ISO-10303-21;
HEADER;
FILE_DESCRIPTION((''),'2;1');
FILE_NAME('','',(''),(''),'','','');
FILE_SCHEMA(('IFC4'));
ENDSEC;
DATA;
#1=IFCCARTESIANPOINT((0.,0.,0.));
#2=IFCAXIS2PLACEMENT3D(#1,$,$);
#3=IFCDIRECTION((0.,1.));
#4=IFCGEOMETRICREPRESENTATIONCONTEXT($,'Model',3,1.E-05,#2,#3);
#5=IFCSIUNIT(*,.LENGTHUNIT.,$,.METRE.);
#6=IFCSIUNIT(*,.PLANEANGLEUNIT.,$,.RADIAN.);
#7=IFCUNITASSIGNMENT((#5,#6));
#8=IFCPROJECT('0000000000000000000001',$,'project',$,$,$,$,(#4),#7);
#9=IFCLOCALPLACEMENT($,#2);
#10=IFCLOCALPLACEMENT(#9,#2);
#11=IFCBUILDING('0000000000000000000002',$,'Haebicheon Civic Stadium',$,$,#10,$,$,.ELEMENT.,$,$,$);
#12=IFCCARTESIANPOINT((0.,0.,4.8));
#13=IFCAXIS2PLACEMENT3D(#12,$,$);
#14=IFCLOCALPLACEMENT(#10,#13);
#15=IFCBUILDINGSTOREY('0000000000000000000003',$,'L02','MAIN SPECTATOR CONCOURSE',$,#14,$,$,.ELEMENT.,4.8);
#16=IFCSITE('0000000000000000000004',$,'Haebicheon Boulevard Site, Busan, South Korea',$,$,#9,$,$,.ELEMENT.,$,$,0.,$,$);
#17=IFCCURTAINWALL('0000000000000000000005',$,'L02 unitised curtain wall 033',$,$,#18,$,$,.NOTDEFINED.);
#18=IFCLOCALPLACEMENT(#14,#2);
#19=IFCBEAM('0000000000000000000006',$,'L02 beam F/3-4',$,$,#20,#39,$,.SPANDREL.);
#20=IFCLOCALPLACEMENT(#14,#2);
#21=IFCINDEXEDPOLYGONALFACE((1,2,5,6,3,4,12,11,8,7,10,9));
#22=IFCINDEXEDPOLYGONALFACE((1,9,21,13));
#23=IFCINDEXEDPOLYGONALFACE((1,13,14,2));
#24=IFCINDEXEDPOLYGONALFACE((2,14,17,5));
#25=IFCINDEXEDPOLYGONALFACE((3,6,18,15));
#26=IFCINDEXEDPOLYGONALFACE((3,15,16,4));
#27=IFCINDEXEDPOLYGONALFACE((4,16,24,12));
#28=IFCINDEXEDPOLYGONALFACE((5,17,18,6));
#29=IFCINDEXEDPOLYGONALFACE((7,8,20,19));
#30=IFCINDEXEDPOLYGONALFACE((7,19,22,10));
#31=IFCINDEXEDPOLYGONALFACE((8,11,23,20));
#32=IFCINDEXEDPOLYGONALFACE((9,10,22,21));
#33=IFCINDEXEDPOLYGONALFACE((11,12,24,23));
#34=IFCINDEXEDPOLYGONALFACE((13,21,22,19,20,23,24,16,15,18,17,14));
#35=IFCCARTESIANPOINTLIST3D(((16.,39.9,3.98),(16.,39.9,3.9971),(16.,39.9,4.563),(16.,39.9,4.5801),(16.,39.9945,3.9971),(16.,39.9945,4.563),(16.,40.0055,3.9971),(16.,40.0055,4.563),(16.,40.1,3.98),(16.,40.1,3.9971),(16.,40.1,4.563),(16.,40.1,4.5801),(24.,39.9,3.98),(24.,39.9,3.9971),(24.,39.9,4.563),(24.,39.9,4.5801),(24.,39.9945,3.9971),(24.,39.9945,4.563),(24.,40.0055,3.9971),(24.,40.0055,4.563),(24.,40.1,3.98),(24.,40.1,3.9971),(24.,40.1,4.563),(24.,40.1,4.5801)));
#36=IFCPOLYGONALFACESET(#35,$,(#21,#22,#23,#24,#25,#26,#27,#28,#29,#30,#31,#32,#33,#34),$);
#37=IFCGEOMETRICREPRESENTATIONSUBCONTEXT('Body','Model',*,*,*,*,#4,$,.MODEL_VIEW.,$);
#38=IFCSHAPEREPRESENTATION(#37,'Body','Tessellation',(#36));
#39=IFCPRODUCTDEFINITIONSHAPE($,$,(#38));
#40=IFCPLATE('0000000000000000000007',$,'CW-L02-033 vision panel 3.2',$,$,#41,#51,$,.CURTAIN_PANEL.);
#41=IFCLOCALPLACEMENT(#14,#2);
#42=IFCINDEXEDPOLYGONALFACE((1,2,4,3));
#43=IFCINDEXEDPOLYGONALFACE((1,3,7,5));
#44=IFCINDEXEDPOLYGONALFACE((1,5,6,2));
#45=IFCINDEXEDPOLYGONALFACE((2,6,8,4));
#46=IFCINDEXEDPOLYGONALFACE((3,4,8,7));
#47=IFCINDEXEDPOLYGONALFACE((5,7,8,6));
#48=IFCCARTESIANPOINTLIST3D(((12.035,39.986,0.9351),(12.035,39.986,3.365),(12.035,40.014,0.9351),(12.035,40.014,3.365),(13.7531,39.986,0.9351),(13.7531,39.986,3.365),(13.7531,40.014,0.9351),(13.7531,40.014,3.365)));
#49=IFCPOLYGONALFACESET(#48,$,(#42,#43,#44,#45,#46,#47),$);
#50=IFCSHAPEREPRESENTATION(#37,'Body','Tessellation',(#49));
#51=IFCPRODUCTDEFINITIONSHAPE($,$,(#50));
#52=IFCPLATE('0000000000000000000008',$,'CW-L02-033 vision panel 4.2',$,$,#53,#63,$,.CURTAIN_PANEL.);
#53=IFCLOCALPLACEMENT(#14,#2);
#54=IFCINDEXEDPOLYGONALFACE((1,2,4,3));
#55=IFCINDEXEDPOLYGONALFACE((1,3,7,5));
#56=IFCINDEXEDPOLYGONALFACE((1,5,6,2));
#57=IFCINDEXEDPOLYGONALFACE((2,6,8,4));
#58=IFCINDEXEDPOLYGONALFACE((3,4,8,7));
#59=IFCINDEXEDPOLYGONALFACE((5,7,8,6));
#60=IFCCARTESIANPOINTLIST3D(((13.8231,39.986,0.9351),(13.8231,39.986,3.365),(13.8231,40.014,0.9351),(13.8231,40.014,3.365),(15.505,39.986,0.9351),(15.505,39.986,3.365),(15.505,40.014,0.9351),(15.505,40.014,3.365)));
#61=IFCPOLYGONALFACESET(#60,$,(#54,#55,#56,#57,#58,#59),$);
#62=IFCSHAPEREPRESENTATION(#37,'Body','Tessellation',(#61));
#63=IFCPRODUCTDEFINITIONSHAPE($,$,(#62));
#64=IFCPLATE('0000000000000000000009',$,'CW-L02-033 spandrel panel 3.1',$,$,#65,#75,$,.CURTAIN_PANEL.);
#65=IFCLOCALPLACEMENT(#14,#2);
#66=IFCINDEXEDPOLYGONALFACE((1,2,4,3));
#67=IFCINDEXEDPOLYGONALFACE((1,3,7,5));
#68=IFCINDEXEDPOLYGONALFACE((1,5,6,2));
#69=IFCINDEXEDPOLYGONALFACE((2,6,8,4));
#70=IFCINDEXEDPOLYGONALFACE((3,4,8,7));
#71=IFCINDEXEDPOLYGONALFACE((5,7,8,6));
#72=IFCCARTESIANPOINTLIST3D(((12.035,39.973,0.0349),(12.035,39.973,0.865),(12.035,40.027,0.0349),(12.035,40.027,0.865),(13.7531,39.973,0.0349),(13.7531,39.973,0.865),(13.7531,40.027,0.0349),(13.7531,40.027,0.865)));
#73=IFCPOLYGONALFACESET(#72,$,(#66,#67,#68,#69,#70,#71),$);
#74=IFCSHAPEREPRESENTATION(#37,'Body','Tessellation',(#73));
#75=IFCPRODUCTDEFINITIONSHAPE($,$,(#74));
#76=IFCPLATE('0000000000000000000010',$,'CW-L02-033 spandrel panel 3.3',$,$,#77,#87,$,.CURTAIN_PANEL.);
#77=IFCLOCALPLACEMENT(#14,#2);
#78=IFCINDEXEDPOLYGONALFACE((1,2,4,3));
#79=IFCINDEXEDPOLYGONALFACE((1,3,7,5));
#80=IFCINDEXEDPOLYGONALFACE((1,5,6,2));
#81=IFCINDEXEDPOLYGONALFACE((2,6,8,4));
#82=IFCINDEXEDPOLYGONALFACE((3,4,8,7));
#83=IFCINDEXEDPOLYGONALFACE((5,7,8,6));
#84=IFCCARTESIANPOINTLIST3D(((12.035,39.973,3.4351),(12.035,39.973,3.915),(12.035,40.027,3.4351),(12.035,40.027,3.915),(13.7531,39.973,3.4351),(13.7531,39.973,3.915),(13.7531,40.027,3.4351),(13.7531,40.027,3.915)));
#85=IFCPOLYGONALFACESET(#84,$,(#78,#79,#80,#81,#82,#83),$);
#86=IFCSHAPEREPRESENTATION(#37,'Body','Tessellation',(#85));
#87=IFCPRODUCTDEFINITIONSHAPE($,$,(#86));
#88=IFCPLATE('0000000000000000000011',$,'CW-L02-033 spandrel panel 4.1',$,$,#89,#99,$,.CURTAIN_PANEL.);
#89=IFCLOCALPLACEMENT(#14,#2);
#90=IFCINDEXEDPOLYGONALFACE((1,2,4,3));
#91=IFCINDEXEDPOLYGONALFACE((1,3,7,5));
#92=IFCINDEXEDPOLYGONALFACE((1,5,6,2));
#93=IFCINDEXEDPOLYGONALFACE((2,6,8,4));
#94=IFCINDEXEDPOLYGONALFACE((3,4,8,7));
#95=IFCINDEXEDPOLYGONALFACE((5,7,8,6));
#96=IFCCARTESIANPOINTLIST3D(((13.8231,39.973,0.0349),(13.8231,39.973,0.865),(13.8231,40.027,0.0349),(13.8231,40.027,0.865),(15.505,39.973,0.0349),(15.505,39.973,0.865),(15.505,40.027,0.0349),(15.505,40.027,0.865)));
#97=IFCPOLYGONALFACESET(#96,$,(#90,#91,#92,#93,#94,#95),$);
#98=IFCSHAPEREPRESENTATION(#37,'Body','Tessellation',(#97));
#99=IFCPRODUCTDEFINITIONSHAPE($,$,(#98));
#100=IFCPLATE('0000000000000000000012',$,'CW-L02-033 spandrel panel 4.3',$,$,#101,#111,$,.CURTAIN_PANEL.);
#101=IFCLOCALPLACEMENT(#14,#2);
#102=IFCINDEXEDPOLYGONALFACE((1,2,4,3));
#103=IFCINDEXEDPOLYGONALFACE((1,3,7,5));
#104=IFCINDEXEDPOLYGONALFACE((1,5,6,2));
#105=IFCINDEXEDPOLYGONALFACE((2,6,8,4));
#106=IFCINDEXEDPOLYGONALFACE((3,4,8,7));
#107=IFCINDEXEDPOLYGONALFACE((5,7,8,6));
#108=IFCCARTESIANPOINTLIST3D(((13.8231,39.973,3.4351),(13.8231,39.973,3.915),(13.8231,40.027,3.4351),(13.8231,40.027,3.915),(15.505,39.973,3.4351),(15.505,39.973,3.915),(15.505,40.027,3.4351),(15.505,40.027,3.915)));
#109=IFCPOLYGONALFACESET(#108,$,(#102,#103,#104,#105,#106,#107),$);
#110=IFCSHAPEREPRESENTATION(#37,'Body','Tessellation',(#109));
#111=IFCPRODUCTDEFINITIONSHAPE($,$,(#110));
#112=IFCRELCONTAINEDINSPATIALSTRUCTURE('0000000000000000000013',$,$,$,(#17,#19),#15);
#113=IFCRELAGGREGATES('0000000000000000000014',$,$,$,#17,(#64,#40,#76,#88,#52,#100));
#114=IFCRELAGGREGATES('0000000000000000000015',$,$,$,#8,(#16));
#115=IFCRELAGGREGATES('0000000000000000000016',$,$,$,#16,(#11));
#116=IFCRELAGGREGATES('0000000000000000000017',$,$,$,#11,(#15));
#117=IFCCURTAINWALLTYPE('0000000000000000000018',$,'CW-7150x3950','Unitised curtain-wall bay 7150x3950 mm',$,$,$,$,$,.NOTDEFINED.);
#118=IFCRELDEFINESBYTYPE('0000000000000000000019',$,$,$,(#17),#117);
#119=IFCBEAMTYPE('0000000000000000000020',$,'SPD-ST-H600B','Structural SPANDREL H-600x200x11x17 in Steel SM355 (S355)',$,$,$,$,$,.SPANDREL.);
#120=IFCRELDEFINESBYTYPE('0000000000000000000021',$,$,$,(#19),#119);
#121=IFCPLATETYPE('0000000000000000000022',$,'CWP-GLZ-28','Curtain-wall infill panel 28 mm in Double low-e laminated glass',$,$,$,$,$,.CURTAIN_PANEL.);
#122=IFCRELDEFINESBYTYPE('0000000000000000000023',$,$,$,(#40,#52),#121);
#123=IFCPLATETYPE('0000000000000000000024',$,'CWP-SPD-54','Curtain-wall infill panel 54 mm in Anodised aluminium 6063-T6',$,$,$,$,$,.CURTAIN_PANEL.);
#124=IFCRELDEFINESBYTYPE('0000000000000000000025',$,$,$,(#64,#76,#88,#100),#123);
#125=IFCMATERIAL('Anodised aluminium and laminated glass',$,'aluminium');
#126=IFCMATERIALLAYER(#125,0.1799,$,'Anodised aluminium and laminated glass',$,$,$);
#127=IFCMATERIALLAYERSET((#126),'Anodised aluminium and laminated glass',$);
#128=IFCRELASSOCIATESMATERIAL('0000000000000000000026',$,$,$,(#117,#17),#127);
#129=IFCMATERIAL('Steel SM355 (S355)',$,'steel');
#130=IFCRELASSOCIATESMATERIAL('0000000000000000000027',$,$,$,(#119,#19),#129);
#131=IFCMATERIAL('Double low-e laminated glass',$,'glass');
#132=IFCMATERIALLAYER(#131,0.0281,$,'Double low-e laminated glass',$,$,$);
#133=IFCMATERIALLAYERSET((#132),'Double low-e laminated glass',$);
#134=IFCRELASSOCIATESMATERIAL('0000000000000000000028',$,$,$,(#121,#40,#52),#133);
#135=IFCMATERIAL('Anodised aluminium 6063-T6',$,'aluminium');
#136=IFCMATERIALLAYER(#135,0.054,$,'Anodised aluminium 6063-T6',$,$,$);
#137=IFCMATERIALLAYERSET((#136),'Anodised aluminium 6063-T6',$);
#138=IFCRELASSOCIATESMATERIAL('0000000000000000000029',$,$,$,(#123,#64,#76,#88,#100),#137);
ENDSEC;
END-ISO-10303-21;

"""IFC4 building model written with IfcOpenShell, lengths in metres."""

from ifc_helpers import new_model, si_unit, direction, frame, origin, origin_2d, place, context, subcontext, project, spatial, rectangle, i_section, extrude, material, layer, layer_set, material_profile, profile_set, type_object, element, aggregate, save


model = new_model("IFC4")

# Units and contexts
model_context = context("Model", 3, precision=1e-05, world=origin(), true_north=direction((0.0, 1.0)))
body_context = subcontext(model_context, "Body", "Model", "MODEL_VIEW")
ifc_project = project(units=[si_unit("LENGTHUNIT", "METRE"), si_unit("PLANEANGLEUNIT", "RADIAN")], contexts=[model_context])

# Site, building, storey
site_placement = place(None, origin())
site = spatial("IfcSite", under=ifc_project, at=site_placement, Name="Haebicheon Boulevard Site, Busan, South Korea", CompositionType="ELEMENT", RefElevation=0.0)
building_placement = place(site_placement, origin())
building = spatial("IfcBuilding", under=site, at=building_placement, Name="Haebicheon Civic Stadium", CompositionType="ELEMENT")
storey_placement = place(building_placement, frame((0.0, 0.0, 4.8)))
storey = spatial("IfcBuildingStorey", under=building, at=storey_placement, Name="L02", Description="MAIN SPECTATOR CONCOURSE", CompositionType="ELEMENT", Elevation=4.8)

# Curtain wall
ifc_material_1 = material(Name="Anodised aluminium and laminated glass", Category="aluminium")
ifc_layer_1 = layer(ifc_material_1, 0.1799, Name="Anodised aluminium and laminated glass")
ifc_layer_set_1 = layer_set([ifc_layer_1], Name="Anodised aluminium and laminated glass")
curtain_wall_type = type_object("IfcCurtainWallType", Name="CW-7150x3950", Description="Unitised curtain-wall bay 7150x3950 mm", PredefinedType="NOTDEFINED", material=ifc_layer_set_1)
curtain_wall_placement = place(storey_placement, origin())
curtain_wall = element("IfcCurtainWall", 1, at=curtain_wall_placement, inside=storey, type_object=curtain_wall_type, material=ifc_layer_set_1, Name="L02 unitised curtain wall 033", PredefinedType="NOTDEFINED")

# Beam
ifc_material_2 = material(Name="Steel SM355 (S355)", Category="steel")
ifc_material_profile_1 = material_profile(ifc_material_2, i_section(OverallWidth=0.2, OverallDepth=0.6001, WebThickness=0.011, FlangeThickness=0.0171, at=origin_2d()), Name="H-600x200x11x17")
ifc_profile_set_1 = profile_set([ifc_material_profile_1], Name="Steel SM355 (S355)")
beam_type_1 = type_object("IfcBeamType", Name="SPD-ST-H600B", Description="Structural SPANDREL H-600x200x11x17 in Steel SM355 (S355)", PredefinedType="SPANDREL", material=ifc_profile_set_1)
beam_1_placement = place(storey_placement, frame((16.0, 40.0, 4.28), z_axis=(1.0, 0.0, 0.0), x_axis=(0.0, 1.0, 0.0)))
element("IfcBeam", 2, at=beam_1_placement, inside=storey, type_object=beam_type_1, material=ifc_profile_set_1, Name="L02 beam F/3-4", PredefinedType="SPANDREL", context=body_context, shape_type="SweptSolid", body=[
    extrude(i_section(OverallWidth=0.2, OverallDepth=0.6001, WebThickness=0.011, FlangeThickness=0.0171, at=origin_2d()), origin(), (0.0, 0.0, 1.0), 8.0),
])

# Plates
ifc_material_3 = material(Name="Double low-e laminated glass", Category="glass")
ifc_layer_2 = layer(ifc_material_3, 0.0281, Name="Double low-e laminated glass")
ifc_layer_set_2 = layer_set([ifc_layer_2], Name="Double low-e laminated glass")
plate_type_1 = type_object("IfcPlateType", Name="CWP-GLZ-28", Description="Curtain-wall infill panel 28 mm in Double low-e laminated glass", PredefinedType="CURTAIN_PANEL", material=ifc_layer_set_2)
plate_1_placement = place(storey_placement, frame((12.894, 40.0, 0.9351), z_axis=(0.0, 0.0, 1.0), x_axis=(1.0, 0.0, 0.0)))
plate_1 = element("IfcPlate", 3, at=plate_1_placement, type_object=plate_type_1, material=ifc_layer_set_2, Name="CW-L02-033 vision panel 3.2", PredefinedType="CURTAIN_PANEL", context=body_context, shape_type="SweptSolid", body=[
    extrude(rectangle(XDim=1.718, YDim=0.0281, at=origin_2d()), origin(), (0.0, 0.0, 1.0), 2.4299),
])
plate_2_placement = place(storey_placement, frame((14.6641, 40.0, 0.9351), z_axis=(0.0, 0.0, 1.0), x_axis=(1.0, 0.0, 0.0)))
plate_2 = element("IfcPlate", 4, at=plate_2_placement, type_object=plate_type_1, material=ifc_layer_set_2, Name="CW-L02-033 vision panel 4.2", PredefinedType="CURTAIN_PANEL", context=body_context, shape_type="SweptSolid", body=[
    extrude(rectangle(XDim=1.6819, YDim=0.0281, at=origin_2d()), origin(), (0.0, 0.0, 1.0), 2.4299),
])
ifc_material_4 = material(Name="Anodised aluminium 6063-T6", Category="aluminium")
ifc_layer_3 = layer(ifc_material_4, 0.054, Name="Anodised aluminium 6063-T6")
ifc_layer_set_3 = layer_set([ifc_layer_3], Name="Anodised aluminium 6063-T6")
plate_type_2 = type_object("IfcPlateType", Name="CWP-SPD-54", Description="Curtain-wall infill panel 54 mm in Anodised aluminium 6063-T6", PredefinedType="CURTAIN_PANEL", material=ifc_layer_set_3)
plate_3_placement = place(storey_placement, frame((12.894, 40.0, 0.0349), z_axis=(0.0, 0.0, 1.0), x_axis=(1.0, 0.0, 0.0)))
plate_3 = element("IfcPlate", 5, at=plate_3_placement, type_object=plate_type_2, material=ifc_layer_set_3, Name="CW-L02-033 spandrel panel 3.1", PredefinedType="CURTAIN_PANEL", context=body_context, shape_type="SweptSolid", body=[
    extrude(rectangle(XDim=1.718, YDim=0.054, at=origin_2d()), origin(), (0.0, 0.0, 1.0), 0.8301),
])
plate_4_placement = place(storey_placement, frame((12.894, 40.0, 3.4351), z_axis=(0.0, 0.0, 1.0), x_axis=(1.0, 0.0, 0.0)))
plate_4 = element("IfcPlate", 6, at=plate_4_placement, type_object=plate_type_2, material=ifc_layer_set_3, Name="CW-L02-033 spandrel panel 3.3", PredefinedType="CURTAIN_PANEL", context=body_context, shape_type="SweptSolid", body=[
    extrude(rectangle(XDim=1.718, YDim=0.054, at=origin_2d()), origin(), (0.0, 0.0, 1.0), 0.48),
])
plate_5_placement = place(storey_placement, frame((14.6641, 40.0, 0.0349), z_axis=(0.0, 0.0, 1.0), x_axis=(1.0, 0.0, 0.0)))
plate_5 = element("IfcPlate", 7, at=plate_5_placement, type_object=plate_type_2, material=ifc_layer_set_3, Name="CW-L02-033 spandrel panel 4.1", PredefinedType="CURTAIN_PANEL", context=body_context, shape_type="SweptSolid", body=[
    extrude(rectangle(XDim=1.6819, YDim=0.054, at=origin_2d()), origin(), (0.0, 0.0, 1.0), 0.8301),
])
plate_6_placement = place(storey_placement, frame((14.6641, 40.0, 3.4351), z_axis=(0.0, 0.0, 1.0), x_axis=(1.0, 0.0, 0.0)))
plate_6 = element("IfcPlate", 8, at=plate_6_placement, type_object=plate_type_2, material=ifc_layer_set_3, Name="CW-L02-033 spandrel panel 4.3", PredefinedType="CURTAIN_PANEL", context=body_context, shape_type="SweptSolid", body=[
    extrude(rectangle(XDim=1.6819, YDim=0.054, at=origin_2d()), origin(), (0.0, 0.0, 1.0), 0.48),
])
aggregate(curtain_wall, [plate_3, plate_1, plate_4, plate_5, plate_2, plate_6])

save(model, "model.ifc")
